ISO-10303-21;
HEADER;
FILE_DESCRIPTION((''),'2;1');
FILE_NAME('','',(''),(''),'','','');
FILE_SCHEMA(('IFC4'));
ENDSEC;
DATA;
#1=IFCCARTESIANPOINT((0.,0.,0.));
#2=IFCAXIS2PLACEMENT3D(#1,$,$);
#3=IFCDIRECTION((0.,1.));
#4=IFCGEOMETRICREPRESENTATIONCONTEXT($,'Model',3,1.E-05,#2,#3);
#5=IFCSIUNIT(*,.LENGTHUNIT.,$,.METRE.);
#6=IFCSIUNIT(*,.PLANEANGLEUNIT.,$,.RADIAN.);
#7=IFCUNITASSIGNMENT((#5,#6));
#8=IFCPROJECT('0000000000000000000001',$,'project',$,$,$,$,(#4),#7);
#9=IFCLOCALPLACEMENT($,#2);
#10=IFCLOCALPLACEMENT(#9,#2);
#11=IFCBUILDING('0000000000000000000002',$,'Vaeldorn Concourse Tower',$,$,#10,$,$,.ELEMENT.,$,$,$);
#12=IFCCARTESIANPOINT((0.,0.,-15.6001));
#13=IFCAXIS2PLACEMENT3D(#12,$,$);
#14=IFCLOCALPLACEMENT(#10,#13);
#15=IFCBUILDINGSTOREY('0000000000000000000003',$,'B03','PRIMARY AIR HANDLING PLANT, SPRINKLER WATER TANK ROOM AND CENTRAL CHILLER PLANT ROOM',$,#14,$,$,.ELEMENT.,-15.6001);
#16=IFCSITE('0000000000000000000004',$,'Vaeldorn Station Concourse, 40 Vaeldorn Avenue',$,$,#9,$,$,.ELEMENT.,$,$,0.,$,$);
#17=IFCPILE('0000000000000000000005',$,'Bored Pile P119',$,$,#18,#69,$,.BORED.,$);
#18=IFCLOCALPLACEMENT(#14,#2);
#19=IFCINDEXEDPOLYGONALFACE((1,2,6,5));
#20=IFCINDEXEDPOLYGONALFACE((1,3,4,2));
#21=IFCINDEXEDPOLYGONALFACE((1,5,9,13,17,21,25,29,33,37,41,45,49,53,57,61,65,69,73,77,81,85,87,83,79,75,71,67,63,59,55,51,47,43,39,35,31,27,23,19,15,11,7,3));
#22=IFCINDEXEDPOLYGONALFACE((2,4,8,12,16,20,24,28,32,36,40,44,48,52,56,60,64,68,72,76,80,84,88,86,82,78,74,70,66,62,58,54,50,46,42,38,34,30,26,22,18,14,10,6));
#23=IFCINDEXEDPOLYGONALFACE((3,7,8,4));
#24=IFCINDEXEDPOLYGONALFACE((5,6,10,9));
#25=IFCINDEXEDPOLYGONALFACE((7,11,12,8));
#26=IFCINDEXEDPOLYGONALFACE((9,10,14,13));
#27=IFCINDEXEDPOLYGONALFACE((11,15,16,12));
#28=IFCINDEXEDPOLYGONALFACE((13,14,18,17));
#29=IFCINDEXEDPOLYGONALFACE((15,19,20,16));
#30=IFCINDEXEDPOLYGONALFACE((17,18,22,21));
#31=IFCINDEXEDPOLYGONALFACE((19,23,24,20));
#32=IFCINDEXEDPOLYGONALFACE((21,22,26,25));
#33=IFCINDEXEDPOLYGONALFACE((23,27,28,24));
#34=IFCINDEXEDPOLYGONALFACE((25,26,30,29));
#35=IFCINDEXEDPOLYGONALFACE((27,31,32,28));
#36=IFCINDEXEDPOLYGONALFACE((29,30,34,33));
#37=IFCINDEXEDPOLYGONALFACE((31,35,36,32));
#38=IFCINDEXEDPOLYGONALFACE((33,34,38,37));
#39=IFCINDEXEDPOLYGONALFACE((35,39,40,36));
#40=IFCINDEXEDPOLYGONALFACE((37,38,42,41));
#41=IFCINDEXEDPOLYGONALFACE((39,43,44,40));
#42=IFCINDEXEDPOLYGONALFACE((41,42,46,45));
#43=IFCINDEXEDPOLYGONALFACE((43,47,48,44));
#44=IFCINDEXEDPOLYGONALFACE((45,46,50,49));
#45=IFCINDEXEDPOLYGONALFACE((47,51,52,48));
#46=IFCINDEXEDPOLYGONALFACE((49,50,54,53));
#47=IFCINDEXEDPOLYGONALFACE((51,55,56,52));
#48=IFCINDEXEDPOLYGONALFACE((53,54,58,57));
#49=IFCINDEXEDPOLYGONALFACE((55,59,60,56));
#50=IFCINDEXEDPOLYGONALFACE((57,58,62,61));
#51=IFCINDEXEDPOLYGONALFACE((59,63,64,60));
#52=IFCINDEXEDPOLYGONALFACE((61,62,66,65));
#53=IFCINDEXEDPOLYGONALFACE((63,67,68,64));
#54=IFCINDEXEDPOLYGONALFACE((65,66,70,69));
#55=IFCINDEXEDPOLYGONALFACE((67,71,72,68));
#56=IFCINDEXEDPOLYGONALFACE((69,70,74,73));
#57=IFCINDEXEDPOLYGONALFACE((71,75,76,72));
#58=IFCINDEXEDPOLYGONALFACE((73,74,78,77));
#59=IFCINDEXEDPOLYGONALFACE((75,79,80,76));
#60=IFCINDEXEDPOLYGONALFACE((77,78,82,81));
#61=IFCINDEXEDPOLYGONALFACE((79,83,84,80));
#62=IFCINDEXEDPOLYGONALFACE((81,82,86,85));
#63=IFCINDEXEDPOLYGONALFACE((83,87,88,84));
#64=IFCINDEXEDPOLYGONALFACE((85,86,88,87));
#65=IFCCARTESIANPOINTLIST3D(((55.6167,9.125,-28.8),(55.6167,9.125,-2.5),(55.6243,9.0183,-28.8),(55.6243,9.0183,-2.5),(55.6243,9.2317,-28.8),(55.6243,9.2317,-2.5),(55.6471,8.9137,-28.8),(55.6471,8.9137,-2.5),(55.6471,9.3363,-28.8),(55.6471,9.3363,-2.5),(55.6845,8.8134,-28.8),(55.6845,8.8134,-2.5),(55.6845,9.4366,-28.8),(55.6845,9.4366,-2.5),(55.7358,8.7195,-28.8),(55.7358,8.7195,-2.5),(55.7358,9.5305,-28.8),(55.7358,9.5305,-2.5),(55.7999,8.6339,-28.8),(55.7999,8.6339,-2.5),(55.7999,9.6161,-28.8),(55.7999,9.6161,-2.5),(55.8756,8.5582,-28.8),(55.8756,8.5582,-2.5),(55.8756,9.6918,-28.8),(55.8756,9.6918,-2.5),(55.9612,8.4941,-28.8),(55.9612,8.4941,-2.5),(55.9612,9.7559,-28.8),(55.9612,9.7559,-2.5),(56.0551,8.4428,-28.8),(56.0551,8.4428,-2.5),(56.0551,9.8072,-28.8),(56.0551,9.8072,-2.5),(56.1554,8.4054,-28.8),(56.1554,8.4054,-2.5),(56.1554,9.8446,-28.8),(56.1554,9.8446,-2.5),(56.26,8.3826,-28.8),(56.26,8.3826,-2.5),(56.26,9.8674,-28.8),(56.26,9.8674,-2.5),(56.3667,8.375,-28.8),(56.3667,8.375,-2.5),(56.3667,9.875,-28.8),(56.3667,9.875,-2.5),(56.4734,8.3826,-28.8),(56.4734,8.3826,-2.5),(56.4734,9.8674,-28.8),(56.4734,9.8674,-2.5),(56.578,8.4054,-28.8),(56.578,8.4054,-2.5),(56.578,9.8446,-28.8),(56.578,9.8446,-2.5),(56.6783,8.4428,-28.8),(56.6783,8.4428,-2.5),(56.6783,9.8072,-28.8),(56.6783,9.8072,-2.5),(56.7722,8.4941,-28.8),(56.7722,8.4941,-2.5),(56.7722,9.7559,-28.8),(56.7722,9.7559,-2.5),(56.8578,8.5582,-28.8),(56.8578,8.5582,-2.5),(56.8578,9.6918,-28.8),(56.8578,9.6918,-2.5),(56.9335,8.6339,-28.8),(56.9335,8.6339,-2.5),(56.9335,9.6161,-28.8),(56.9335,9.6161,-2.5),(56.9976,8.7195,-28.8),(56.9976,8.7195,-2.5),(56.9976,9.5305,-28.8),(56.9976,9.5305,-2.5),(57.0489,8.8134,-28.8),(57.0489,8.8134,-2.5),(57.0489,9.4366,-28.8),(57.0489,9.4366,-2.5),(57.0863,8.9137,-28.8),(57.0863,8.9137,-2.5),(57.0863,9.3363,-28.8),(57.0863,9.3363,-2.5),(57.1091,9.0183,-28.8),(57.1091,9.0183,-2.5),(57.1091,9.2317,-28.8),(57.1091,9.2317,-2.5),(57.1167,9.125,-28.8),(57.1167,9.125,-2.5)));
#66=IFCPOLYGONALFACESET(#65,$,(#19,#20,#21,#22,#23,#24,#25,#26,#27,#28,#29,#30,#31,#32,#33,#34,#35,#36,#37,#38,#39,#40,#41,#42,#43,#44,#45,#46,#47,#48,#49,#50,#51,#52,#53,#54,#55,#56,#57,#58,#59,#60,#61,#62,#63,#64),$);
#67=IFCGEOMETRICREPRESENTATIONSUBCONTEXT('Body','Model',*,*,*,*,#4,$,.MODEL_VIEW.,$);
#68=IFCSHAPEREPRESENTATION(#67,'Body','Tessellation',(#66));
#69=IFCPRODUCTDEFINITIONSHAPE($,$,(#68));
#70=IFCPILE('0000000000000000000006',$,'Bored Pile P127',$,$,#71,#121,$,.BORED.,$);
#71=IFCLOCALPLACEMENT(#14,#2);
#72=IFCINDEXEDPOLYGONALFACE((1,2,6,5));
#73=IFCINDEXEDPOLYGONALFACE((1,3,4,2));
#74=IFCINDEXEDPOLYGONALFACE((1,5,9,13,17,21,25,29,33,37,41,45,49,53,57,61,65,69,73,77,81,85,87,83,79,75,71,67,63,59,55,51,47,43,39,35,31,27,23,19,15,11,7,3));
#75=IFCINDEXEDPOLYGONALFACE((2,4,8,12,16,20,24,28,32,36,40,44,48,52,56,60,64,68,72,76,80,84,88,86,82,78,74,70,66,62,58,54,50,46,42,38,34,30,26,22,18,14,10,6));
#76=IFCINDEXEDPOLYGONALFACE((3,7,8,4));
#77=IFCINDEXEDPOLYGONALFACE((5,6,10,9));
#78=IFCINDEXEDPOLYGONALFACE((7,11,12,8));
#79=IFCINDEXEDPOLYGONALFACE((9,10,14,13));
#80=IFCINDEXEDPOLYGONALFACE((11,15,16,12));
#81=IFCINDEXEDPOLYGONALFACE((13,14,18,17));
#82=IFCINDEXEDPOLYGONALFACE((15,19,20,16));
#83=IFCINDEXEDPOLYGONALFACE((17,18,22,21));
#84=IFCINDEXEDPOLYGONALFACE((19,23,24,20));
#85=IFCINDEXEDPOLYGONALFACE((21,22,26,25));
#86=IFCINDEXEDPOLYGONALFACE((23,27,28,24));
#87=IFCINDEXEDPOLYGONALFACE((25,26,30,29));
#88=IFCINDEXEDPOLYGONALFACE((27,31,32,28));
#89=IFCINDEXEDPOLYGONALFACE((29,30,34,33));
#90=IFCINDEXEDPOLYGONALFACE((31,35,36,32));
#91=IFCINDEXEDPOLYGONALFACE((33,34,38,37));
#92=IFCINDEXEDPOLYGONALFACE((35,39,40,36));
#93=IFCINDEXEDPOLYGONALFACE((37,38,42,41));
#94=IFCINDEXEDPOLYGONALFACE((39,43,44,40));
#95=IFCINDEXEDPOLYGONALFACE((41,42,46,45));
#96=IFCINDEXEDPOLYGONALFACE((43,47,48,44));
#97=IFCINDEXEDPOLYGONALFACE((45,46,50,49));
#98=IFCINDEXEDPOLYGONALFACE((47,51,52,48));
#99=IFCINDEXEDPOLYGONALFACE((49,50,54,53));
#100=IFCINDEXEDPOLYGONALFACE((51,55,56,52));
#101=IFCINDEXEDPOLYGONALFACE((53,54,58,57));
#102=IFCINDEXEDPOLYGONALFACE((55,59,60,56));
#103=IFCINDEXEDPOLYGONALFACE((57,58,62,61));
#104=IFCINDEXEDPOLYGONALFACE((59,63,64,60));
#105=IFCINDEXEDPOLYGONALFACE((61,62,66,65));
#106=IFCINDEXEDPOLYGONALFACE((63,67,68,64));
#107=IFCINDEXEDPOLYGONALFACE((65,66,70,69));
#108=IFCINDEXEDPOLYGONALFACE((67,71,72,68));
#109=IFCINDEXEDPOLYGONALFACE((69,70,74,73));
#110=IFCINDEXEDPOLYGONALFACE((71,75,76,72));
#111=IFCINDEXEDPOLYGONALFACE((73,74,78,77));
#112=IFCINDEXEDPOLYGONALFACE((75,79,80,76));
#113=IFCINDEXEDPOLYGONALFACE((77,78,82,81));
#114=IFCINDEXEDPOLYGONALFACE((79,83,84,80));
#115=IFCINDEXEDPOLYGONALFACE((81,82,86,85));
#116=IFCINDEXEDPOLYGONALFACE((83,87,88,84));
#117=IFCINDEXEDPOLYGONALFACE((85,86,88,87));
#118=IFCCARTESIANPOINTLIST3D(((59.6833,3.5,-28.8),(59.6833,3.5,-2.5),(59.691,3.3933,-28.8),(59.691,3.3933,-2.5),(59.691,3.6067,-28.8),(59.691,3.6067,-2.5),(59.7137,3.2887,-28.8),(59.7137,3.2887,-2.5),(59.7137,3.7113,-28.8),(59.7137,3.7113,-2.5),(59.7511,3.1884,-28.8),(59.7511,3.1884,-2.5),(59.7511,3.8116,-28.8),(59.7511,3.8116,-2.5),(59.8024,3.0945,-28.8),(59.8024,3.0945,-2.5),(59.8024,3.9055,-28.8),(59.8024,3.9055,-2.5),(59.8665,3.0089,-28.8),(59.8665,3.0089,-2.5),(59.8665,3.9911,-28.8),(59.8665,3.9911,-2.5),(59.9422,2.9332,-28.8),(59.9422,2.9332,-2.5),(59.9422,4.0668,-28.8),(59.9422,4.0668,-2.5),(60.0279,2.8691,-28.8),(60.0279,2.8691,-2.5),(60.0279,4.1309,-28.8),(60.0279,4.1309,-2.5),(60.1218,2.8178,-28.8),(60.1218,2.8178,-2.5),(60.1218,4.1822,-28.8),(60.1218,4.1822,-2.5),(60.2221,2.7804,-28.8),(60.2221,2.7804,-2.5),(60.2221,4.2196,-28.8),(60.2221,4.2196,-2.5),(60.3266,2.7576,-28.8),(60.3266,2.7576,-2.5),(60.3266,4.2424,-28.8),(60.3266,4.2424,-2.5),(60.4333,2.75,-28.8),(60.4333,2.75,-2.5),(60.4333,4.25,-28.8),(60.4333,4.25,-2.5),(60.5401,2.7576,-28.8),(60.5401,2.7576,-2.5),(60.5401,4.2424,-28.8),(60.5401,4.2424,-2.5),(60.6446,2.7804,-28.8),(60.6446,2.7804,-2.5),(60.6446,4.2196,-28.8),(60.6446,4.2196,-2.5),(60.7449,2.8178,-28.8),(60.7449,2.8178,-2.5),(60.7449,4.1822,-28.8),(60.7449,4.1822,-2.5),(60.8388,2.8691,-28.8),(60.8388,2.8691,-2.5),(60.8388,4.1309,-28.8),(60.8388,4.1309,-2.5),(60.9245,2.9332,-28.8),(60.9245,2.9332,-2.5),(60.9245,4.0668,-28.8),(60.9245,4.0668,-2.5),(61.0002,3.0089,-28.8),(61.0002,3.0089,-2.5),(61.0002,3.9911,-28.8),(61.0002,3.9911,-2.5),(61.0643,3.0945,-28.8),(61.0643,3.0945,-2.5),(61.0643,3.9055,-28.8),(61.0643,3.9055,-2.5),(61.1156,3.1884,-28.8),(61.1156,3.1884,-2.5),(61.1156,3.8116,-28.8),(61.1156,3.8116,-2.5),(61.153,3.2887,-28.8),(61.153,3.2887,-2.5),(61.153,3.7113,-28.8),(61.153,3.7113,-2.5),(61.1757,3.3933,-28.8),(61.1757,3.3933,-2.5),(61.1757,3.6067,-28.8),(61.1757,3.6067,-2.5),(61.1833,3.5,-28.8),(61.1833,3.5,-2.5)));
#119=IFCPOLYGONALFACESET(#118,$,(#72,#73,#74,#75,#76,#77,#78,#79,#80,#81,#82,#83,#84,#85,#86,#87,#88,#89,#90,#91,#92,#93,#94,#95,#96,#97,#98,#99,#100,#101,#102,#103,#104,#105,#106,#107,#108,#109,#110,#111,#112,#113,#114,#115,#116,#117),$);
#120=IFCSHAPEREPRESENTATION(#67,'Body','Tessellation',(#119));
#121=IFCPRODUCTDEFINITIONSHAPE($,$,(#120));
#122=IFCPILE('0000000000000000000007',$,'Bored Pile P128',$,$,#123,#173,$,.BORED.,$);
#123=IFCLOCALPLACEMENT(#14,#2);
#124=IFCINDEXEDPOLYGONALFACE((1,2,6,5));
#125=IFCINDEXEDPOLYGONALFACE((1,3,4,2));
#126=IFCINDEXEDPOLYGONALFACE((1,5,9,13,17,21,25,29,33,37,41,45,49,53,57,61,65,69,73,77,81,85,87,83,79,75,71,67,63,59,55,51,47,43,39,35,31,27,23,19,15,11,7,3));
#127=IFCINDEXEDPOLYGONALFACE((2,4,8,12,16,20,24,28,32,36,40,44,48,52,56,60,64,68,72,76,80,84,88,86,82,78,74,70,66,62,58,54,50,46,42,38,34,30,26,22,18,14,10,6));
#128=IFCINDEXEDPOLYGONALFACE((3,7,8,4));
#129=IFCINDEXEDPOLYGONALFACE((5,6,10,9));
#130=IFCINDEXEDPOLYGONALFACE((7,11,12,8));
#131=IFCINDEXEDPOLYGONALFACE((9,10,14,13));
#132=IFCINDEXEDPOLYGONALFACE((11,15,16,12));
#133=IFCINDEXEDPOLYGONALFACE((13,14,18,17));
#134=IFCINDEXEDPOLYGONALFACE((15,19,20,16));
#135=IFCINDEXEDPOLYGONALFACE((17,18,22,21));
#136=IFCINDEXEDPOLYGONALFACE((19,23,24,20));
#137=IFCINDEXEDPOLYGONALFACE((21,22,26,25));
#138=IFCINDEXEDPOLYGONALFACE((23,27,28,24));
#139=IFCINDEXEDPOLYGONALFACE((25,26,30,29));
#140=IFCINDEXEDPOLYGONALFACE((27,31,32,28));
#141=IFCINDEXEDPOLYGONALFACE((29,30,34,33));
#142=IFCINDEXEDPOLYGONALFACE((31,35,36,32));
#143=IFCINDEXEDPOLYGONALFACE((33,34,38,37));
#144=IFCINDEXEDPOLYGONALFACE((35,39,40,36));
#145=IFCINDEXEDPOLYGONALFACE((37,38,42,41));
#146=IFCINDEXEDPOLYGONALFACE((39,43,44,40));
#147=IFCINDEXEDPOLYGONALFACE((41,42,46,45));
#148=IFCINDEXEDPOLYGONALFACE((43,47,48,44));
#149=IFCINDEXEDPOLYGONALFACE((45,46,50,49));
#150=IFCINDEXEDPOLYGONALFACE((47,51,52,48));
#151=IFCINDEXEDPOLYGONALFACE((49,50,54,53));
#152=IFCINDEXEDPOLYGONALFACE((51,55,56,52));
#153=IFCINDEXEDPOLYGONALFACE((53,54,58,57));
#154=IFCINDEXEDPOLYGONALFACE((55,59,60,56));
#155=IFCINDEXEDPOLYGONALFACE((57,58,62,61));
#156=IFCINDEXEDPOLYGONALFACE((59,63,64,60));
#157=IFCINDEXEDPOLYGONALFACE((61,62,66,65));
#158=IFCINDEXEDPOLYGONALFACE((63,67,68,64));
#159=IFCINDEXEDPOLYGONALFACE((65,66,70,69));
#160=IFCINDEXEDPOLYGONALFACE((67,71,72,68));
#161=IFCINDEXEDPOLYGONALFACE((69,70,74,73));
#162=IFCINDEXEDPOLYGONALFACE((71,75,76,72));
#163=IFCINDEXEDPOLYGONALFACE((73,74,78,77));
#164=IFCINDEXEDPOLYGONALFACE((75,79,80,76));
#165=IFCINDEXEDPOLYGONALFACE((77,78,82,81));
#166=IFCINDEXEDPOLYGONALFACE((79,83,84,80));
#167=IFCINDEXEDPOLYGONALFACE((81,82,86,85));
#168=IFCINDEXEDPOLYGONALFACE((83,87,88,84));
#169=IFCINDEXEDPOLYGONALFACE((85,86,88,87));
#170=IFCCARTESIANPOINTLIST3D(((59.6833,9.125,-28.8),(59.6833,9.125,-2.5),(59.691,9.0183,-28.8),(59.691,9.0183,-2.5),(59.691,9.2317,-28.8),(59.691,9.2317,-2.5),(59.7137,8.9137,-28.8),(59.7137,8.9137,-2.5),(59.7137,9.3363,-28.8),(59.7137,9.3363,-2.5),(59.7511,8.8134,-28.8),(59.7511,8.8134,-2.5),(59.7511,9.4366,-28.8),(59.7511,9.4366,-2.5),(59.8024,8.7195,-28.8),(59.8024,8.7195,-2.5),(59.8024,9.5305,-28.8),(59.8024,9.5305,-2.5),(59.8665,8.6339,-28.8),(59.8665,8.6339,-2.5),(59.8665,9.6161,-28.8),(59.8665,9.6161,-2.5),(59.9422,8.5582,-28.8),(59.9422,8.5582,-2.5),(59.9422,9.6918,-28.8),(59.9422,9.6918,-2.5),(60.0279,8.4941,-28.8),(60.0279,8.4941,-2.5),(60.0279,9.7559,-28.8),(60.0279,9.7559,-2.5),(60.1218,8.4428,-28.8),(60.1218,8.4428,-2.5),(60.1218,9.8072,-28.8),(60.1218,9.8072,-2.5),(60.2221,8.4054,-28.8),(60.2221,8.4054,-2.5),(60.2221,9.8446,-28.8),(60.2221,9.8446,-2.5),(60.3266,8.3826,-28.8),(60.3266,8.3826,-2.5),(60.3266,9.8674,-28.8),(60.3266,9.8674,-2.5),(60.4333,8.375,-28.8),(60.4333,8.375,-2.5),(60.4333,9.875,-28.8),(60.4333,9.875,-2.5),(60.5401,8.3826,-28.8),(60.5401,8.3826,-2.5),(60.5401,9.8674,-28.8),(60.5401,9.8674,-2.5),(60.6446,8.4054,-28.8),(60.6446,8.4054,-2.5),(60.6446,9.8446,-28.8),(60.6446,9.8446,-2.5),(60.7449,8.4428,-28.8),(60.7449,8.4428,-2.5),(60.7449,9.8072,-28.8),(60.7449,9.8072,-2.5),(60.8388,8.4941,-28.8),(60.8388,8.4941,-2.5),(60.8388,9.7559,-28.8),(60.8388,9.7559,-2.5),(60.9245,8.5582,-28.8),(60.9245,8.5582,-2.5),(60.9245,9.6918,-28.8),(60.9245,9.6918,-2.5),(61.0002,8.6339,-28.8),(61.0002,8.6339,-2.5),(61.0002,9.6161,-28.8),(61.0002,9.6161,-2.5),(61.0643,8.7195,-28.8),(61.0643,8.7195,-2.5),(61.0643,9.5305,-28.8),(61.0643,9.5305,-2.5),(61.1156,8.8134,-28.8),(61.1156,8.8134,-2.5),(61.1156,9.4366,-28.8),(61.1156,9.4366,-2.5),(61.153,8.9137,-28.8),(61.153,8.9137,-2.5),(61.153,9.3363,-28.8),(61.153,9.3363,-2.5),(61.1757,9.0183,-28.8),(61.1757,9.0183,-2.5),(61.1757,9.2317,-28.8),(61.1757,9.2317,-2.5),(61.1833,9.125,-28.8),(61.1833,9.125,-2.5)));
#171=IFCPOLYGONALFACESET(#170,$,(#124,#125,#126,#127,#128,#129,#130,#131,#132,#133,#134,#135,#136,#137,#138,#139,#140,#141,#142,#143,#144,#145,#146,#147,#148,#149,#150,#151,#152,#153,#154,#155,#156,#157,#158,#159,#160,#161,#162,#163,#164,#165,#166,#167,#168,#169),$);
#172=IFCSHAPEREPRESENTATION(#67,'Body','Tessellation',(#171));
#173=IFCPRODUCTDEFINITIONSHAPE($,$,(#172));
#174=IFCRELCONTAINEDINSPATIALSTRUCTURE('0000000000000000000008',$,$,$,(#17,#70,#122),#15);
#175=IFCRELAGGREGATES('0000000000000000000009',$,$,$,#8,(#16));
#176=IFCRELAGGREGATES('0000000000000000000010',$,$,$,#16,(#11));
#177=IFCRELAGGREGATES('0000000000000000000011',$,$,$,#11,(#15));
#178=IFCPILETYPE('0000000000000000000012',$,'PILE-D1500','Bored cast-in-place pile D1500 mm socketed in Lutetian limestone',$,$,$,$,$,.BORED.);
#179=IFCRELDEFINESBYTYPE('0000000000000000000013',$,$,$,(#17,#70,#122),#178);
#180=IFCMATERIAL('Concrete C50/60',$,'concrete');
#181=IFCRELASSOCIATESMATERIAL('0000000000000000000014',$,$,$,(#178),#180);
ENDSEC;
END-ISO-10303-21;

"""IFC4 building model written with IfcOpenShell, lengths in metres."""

from ifc_helpers import new_model, si_unit, direction, frame, origin, origin_2d, place, context, subcontext, project, spatial, circle, extrude, material, material_profile, profile_set, type_object, element, save


model = new_model("IFC4")

# Units and contexts
model_context = context("Model", 3, precision=1e-05, world=origin(), true_north=direction((0.0, 1.0)))
body_context = subcontext(model_context, "Body", "Model", "MODEL_VIEW")
ifc_project = project(units=[si_unit("LENGTHUNIT", "METRE"), si_unit("PLANEANGLEUNIT", "RADIAN")], contexts=[model_context])

# Site, building, storey
site_placement = place(None, origin())
site = spatial("IfcSite", under=ifc_project, at=site_placement, Name="Vaeldorn Station Concourse, 40 Vaeldorn Avenue", CompositionType="ELEMENT", RefElevation=0.0)
building_placement = place(site_placement, origin())
building = spatial("IfcBuilding", under=site, at=building_placement, Name="Vaeldorn Concourse Tower", CompositionType="ELEMENT")
storey_placement = place(building_placement, frame((0.0, 0.0, -15.6001)))
storey = spatial("IfcBuildingStorey", under=building, at=storey_placement, Name="B03", Description="PRIMARY AIR HANDLING PLANT, SPRINKLER WATER TANK ROOM AND CENTRAL CHILLER PLANT ROOM", CompositionType="ELEMENT", Elevation=-15.6001)

# Piles
ifc_material_1 = material(Name="Concrete C50/60", Category="concrete")
ifc_material_profile_1 = material_profile(ifc_material_1, circle(Radius=0.75, at=origin_2d()), Name="BORED PILE D1500")
ifc_profile_set_1 = profile_set([ifc_material_profile_1], Name="Concrete C50/60")
pile_type = type_object("IfcPileType", Name="PILE-D1500", Description="Bored cast-in-place pile D1500 mm socketed in Lutetian limestone", PredefinedType="BORED", material=ifc_profile_set_1)
for number, where, z_axis, x_axis, name in (
    (1, (56.3667, 9.125, -2.5), (0.0, 0.0, -1.0), (1.0, 0.0, 0.0), "Bored Pile P119"),
    (2, (60.4333, 3.5, -2.5), (0.0, 0.0, -1.0), (1.0, 0.0, 0.0), "Bored Pile P127"),
    (3, (60.4333, 9.125, -2.5), (0.0, 0.0, -1.0), (1.0, 0.0, 0.0), "Bored Pile P128"),
):
    element("IfcPile", number, at=place(storey_placement, frame(where, z_axis=z_axis, x_axis=x_axis)), inside=storey, type_object=pile_type, Name=name, PredefinedType="BORED", context=body_context, shape_type="SweptSolid", body=[
        extrude(circle(Radius=0.75, at=origin_2d()), origin(), (0.0, 0.0, 1.0), 26.3),
    ])

save(model, "model.ifc")
